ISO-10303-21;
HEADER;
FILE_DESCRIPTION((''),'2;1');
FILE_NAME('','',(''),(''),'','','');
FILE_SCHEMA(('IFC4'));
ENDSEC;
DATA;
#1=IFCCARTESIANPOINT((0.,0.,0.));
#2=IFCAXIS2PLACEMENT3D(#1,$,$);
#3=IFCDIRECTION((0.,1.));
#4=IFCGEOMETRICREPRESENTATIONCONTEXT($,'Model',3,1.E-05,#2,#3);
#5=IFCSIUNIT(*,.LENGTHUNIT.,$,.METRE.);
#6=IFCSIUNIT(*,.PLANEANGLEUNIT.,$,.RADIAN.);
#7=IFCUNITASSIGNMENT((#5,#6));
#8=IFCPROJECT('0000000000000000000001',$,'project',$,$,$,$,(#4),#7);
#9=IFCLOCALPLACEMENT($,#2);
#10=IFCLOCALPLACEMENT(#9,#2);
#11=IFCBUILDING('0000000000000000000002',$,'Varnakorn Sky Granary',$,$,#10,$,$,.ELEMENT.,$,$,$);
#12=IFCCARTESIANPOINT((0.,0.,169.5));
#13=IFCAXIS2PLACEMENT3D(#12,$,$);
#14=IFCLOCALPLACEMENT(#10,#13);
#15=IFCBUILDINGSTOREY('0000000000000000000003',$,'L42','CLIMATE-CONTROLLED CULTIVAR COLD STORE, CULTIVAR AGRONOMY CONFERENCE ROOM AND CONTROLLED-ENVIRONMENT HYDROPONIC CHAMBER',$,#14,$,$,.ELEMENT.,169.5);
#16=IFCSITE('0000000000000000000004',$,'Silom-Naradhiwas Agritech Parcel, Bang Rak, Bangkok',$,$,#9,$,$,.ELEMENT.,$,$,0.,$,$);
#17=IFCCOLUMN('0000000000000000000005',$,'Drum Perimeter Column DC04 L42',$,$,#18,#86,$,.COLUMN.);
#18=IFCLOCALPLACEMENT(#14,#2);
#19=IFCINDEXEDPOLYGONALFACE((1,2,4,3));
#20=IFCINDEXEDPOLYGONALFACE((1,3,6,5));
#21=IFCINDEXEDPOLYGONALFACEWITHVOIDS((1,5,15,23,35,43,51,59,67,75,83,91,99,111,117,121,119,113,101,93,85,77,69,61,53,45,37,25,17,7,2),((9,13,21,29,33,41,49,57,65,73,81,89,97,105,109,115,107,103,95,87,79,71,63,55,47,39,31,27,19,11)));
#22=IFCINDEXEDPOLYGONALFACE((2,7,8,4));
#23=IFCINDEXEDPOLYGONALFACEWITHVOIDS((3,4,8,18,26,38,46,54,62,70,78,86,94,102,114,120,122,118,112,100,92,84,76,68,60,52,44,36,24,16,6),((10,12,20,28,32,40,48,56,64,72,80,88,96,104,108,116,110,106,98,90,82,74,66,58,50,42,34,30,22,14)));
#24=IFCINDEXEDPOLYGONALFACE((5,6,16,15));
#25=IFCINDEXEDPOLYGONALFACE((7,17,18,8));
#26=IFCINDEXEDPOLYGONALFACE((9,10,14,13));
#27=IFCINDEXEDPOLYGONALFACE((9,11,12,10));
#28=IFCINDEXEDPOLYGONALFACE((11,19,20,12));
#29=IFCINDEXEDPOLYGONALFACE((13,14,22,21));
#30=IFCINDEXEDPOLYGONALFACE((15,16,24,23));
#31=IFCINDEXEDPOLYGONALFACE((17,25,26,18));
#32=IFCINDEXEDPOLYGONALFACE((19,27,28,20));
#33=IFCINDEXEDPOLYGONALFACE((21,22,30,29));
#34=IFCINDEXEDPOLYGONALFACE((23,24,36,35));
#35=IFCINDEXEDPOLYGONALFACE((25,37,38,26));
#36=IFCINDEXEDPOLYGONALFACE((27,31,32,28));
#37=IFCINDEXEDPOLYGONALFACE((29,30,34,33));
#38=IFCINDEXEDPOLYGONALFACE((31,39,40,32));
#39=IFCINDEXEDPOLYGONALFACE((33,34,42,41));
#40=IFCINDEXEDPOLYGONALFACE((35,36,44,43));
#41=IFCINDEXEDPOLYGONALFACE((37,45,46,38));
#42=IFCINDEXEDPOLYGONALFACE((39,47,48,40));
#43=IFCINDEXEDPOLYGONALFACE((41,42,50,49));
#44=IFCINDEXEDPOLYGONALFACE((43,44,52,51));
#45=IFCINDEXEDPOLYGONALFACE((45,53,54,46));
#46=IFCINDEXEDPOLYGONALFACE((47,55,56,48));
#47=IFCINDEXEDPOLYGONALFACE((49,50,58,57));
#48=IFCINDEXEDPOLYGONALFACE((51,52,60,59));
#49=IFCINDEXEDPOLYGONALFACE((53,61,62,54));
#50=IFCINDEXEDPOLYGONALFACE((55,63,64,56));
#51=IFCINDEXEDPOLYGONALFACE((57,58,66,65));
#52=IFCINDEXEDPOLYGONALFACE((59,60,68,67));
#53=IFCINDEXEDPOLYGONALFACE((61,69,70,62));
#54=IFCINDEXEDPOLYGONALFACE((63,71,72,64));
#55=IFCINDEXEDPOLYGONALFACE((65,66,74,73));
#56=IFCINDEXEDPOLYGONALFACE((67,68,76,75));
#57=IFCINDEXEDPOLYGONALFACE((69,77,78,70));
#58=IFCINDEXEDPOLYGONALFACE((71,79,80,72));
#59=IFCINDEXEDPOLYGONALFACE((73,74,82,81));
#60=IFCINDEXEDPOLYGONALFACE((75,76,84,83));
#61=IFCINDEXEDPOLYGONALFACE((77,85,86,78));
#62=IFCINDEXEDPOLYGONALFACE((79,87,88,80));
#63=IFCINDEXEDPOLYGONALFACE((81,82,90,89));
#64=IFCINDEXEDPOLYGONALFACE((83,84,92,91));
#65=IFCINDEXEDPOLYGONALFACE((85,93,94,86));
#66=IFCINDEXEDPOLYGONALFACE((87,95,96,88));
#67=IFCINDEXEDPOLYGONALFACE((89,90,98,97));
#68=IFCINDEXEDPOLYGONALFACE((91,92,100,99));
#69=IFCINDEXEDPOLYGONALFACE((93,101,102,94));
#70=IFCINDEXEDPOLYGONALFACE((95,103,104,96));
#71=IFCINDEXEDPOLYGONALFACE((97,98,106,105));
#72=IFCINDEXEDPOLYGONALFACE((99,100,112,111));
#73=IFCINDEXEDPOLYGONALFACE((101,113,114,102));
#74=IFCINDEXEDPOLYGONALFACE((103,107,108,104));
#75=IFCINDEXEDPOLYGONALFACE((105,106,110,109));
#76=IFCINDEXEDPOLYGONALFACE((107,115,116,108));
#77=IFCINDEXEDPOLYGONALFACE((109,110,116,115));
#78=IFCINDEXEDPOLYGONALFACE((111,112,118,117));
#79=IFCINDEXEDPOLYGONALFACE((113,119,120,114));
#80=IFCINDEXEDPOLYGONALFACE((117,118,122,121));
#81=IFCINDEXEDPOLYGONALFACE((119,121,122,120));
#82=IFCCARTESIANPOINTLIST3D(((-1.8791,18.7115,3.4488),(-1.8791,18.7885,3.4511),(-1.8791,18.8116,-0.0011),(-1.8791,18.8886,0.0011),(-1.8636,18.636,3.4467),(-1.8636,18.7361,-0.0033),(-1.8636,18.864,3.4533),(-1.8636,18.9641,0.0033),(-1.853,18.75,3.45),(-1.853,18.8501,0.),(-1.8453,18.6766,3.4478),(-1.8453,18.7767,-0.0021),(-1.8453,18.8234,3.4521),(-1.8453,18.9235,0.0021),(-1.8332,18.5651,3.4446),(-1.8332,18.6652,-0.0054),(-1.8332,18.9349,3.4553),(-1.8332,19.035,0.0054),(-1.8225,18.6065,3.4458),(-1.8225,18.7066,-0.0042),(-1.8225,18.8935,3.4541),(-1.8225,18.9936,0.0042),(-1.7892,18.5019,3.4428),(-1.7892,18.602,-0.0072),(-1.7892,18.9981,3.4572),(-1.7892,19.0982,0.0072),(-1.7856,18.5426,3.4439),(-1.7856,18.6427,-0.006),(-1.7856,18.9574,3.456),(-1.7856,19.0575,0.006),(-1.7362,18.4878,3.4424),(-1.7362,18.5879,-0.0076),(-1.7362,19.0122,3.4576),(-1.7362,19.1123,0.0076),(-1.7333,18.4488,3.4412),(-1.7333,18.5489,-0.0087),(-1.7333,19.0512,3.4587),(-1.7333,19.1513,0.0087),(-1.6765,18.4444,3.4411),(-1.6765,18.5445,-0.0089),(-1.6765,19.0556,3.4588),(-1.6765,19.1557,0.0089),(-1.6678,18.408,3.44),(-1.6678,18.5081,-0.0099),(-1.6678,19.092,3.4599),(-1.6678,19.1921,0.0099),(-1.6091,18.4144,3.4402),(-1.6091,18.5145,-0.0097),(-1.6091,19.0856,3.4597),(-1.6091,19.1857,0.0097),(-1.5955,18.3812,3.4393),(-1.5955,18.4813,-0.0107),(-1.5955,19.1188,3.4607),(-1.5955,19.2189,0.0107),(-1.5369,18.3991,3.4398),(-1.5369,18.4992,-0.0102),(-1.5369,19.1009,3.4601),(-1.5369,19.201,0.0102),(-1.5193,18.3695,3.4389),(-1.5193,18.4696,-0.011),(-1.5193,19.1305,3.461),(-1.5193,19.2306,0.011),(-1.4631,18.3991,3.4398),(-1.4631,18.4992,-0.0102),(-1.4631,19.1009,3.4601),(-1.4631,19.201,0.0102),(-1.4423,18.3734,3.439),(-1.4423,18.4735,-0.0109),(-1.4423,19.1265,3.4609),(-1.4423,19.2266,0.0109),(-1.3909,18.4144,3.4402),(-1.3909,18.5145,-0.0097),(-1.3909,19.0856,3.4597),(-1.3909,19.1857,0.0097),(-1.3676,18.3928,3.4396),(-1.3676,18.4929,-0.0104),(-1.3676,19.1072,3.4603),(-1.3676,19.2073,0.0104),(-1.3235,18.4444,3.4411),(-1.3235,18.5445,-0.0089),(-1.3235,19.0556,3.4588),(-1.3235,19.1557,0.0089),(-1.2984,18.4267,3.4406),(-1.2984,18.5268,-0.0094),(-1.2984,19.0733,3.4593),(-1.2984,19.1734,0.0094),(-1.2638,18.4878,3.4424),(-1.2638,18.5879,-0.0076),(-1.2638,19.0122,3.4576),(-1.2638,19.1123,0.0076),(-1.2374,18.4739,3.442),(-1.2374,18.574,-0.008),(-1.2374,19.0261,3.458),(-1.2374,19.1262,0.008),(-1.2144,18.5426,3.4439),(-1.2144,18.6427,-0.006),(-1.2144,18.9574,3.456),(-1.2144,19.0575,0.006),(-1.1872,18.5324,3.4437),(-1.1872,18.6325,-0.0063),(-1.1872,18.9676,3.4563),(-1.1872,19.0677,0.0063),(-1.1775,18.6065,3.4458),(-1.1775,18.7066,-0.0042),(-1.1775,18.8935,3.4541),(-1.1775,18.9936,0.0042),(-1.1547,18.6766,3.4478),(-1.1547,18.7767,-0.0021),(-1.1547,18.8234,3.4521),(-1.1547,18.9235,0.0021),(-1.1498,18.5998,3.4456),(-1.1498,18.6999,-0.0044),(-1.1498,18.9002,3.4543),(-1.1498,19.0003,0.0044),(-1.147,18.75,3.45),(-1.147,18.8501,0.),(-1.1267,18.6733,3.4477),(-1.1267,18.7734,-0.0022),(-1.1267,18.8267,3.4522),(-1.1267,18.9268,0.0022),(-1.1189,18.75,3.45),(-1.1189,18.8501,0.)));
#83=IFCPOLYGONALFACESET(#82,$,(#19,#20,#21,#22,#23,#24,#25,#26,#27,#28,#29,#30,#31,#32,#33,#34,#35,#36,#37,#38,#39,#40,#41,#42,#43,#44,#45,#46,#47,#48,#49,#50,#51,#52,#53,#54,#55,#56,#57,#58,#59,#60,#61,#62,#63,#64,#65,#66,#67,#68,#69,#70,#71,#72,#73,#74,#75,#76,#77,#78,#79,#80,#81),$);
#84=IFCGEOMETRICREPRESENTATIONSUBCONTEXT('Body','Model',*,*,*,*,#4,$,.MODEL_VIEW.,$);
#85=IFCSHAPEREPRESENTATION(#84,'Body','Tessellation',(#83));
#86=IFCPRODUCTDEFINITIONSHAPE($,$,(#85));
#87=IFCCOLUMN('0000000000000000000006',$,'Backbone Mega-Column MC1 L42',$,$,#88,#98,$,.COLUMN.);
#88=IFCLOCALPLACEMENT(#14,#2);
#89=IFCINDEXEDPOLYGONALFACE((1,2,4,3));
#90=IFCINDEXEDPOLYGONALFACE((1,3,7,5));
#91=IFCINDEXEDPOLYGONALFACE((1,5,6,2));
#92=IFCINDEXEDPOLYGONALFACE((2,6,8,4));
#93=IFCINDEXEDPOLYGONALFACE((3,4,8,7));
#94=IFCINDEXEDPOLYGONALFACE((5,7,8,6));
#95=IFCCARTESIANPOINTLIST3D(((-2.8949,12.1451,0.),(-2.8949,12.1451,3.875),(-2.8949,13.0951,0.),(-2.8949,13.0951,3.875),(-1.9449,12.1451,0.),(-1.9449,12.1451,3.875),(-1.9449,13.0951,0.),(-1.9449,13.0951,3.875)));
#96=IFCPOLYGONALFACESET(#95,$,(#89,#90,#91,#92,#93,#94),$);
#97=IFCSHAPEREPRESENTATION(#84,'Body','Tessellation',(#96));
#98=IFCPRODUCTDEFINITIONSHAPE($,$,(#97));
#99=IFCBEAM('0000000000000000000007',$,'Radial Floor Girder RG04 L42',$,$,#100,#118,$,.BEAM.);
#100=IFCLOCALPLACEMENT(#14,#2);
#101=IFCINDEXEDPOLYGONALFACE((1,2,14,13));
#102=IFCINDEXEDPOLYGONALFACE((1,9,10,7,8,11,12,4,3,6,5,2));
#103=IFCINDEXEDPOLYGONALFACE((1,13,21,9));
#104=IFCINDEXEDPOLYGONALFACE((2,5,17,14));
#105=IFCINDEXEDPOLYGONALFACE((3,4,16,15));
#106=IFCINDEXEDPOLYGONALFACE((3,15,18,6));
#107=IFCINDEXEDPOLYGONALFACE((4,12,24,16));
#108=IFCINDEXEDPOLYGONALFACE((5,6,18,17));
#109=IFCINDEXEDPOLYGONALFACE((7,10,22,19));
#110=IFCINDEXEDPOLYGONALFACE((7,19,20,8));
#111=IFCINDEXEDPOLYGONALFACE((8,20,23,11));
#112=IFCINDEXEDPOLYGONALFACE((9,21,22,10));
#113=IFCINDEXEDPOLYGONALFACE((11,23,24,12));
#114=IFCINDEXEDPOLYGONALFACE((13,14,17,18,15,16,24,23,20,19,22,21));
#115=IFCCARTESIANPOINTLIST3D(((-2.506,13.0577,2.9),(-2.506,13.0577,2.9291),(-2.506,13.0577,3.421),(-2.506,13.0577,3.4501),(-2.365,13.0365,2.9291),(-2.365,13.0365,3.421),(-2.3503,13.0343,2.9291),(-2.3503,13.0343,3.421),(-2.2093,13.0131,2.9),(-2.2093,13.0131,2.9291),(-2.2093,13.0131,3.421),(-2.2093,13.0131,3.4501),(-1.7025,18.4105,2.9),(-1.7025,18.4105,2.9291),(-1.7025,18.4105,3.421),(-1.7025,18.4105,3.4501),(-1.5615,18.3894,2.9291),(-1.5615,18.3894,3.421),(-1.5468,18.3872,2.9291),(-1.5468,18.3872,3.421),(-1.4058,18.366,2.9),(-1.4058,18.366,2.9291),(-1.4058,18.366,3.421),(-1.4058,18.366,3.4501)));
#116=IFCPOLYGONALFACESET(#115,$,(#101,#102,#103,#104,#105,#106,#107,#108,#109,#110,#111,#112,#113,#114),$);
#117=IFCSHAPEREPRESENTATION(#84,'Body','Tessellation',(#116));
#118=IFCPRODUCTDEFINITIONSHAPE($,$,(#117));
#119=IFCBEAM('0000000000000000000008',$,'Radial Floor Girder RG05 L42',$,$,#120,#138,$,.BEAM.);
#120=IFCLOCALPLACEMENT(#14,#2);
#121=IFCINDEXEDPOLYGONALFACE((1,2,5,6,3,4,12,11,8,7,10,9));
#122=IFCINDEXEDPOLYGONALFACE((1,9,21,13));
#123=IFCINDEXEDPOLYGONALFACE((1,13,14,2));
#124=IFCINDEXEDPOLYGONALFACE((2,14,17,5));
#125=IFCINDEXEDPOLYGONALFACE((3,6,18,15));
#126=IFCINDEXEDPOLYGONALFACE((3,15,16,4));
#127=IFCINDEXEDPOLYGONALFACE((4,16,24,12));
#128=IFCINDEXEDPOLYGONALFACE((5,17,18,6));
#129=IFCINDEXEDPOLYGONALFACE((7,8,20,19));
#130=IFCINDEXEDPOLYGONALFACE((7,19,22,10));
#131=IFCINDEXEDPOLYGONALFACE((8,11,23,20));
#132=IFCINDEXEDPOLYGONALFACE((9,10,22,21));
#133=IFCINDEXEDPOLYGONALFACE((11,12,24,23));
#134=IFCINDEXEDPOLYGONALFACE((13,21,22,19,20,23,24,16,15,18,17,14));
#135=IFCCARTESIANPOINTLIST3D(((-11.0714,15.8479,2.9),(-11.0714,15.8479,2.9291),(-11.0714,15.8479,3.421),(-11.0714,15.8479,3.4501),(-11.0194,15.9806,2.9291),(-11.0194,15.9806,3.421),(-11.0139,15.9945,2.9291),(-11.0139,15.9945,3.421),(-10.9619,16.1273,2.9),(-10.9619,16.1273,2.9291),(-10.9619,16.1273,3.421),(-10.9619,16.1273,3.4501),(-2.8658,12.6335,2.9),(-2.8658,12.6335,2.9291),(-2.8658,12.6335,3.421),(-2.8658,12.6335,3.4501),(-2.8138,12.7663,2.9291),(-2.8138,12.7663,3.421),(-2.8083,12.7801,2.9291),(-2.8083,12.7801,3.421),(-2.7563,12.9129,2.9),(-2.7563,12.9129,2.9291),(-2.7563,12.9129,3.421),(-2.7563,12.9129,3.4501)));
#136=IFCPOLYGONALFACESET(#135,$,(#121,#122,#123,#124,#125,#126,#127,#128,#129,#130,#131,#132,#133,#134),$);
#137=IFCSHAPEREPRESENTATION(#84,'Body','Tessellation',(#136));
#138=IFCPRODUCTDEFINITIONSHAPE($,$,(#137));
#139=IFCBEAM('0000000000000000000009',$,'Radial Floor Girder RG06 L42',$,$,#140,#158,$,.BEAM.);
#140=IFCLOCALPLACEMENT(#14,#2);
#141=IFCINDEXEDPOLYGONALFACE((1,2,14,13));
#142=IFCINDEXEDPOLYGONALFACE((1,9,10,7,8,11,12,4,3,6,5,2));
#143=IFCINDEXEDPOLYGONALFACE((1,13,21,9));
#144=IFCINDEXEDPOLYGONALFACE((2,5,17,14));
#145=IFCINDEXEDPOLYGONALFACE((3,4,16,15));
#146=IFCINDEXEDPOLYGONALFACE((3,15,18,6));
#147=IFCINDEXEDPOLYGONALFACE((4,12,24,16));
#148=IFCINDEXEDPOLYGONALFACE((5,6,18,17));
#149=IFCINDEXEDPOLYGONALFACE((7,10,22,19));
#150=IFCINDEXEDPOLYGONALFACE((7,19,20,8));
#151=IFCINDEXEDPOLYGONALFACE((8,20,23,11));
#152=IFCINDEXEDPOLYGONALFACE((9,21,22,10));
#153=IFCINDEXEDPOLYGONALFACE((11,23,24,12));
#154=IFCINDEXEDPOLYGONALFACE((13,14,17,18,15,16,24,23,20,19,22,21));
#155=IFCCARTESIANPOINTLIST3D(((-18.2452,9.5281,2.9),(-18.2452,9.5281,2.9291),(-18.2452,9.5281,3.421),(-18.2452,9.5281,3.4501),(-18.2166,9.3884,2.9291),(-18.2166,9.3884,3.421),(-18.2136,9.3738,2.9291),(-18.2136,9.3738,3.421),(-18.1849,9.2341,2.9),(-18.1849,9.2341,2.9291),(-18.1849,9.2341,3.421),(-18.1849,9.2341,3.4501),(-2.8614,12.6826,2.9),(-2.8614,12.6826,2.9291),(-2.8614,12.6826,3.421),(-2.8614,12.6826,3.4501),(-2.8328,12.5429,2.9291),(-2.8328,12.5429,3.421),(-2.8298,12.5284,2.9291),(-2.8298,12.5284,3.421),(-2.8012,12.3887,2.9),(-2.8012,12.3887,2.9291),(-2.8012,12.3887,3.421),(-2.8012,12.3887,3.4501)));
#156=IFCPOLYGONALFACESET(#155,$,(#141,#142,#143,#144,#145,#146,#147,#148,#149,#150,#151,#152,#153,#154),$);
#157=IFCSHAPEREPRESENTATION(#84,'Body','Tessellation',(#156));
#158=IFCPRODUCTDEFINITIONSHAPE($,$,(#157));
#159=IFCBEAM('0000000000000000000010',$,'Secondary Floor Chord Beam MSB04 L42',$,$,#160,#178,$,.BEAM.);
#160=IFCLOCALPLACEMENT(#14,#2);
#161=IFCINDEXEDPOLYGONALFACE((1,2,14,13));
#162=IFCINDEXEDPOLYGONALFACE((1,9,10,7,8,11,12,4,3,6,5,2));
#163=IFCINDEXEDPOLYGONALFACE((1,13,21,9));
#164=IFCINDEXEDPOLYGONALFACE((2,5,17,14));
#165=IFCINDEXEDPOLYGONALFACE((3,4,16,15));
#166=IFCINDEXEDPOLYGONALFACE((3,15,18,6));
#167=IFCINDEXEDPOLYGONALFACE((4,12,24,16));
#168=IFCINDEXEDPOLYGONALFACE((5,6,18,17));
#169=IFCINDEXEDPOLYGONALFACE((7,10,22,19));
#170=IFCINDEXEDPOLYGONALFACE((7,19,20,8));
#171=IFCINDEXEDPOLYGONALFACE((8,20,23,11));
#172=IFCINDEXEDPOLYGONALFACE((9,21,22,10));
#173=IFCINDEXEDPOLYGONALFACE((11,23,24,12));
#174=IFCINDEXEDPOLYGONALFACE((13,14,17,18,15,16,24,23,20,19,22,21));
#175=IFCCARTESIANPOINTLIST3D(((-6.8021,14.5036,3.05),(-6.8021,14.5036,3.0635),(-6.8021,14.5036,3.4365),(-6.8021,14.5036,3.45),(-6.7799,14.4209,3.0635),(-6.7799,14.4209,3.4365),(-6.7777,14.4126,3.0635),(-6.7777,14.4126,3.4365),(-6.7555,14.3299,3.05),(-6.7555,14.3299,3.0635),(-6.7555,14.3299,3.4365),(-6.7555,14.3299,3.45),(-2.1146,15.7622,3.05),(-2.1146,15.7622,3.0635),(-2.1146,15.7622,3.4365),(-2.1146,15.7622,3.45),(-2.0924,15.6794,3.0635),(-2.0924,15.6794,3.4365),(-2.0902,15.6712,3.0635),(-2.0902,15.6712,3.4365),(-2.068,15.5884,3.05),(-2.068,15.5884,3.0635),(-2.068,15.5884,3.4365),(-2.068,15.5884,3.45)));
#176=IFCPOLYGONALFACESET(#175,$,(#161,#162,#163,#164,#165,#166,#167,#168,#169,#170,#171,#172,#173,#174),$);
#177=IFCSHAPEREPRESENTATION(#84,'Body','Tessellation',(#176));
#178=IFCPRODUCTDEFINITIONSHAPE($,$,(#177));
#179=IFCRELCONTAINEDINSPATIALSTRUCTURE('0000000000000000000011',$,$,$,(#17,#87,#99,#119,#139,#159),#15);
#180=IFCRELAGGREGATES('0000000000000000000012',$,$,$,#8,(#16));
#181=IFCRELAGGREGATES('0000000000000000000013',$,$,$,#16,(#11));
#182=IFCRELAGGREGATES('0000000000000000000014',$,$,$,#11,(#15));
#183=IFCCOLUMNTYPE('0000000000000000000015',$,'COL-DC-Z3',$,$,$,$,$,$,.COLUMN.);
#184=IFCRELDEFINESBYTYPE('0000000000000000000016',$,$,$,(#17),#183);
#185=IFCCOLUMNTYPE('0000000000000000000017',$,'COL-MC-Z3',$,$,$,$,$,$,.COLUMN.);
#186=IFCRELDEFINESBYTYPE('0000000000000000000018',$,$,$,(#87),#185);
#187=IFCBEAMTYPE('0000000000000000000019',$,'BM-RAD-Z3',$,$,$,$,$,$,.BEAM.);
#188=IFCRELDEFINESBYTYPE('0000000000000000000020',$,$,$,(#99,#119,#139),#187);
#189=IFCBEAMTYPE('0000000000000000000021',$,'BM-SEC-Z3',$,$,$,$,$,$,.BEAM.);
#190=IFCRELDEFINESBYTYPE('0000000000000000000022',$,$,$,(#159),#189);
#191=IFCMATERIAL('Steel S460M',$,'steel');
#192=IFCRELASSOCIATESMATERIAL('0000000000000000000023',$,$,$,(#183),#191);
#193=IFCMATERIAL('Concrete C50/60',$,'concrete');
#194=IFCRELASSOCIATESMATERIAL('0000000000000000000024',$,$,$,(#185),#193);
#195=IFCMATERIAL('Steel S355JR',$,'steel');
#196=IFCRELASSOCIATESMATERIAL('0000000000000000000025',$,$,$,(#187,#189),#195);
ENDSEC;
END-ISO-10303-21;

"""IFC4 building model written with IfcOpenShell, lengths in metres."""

from ifc_helpers import new_model, si_unit, direction, frame, origin, origin_2d, place, context, subcontext, project, spatial, rectangle, hollow_circle, i_section, extrude, material, material_profile, profile_set, type_object, element, save


model = new_model("IFC4")

# Units and contexts
model_context = context("Model", 3, precision=1e-05, world=origin(), true_north=direction((0.0, 1.0)))
body_context = subcontext(model_context, "Body", "Model", "MODEL_VIEW")
ifc_project = project(units=[si_unit("LENGTHUNIT", "METRE"), si_unit("PLANEANGLEUNIT", "RADIAN")], contexts=[model_context])

# Site, building, storey
site_placement = place(None, origin())
site = spatial("IfcSite", under=ifc_project, at=site_placement, Name="Silom-Naradhiwas Agritech Parcel, Bang Rak, Bangkok", CompositionType="ELEMENT", RefElevation=0.0)
building_placement = place(site_placement, origin())
building = spatial("IfcBuilding", under=site, at=building_placement, Name="Varnakorn Sky Granary", CompositionType="ELEMENT")
storey_placement = place(building_placement, frame((0.0, 0.0, 169.5)))
storey = spatial("IfcBuildingStorey", under=building, at=storey_placement, Name="L42", Description="CLIMATE-CONTROLLED CULTIVAR COLD STORE, CULTIVAR AGRONOMY CONFERENCE ROOM AND CONTROLLED-ENVIRONMENT HYDROPONIC CHAMBER", CompositionType="ELEMENT", Elevation=169.5)

# Columns
ifc_material_1 = material(Name="Steel S460M", Category="steel")
ifc_material_profile_1 = material_profile(ifc_material_1, hollow_circle(Radius=0.3811, WallThickness=0.0281, at=origin_2d()), Name="CHS 762x28")
ifc_profile_set_1 = profile_set([ifc_material_profile_1], Name="Steel S460M")
column_type_1 = type_object("IfcColumnType", Name="COL-DC-Z3", PredefinedType="COLUMN", material=ifc_profile_set_1)
column_1_placement = place(storey_placement, frame((-1.5, 18.8501, 0.0), z_axis=(0.0, -0.029002, 0.999579), x_axis=(1.0, 0.0, 0.0)))
element("IfcColumn", 1, at=column_1_placement, inside=storey, type_object=column_type_1, Name="Drum Perimeter Column DC04 L42", PredefinedType="COLUMN", context=body_context, shape_type="SweptSolid", body=[
    extrude(hollow_circle(Radius=0.3811, WallThickness=0.0281, at=origin_2d()), origin(), (0.0, 0.0, 1.0), 3.4514),
])
ifc_material_2 = material(Name="Concrete C50/60", Category="concrete")
ifc_material_profile_2 = material_profile(ifc_material_2, rectangle(XDim=0.95, YDim=0.95, at=origin_2d()), Name="RC 950x950")
ifc_profile_set_2 = profile_set([ifc_material_profile_2], Name="Concrete C50/60")
column_type_2 = type_object("IfcColumnType", Name="COL-MC-Z3", PredefinedType="COLUMN", material=ifc_profile_set_2)
column_2_placement = place(storey_placement, frame((-2.4199, 12.6201, 0.0), z_axis=(0.0, 0.0, 1.0), x_axis=(1.0, 0.0, 0.0)))
element("IfcColumn", 2, at=column_2_placement, inside=storey, type_object=column_type_2, Name="Backbone Mega-Column MC1 L42", PredefinedType="COLUMN", context=body_context, shape_type="SweptSolid", body=[
    extrude(rectangle(XDim=0.95, YDim=0.95, at=origin_2d()), origin(), (0.0, 0.0, 1.0), 3.875),
])

# Beams
ifc_material_3 = material(Name="Steel S355JR", Category="steel")
ifc_material_profile_3 = material_profile(ifc_material_3, i_section(OverallWidth=0.3, OverallDepth=0.55, WebThickness=0.0149, FlangeThickness=0.0291, at=origin_2d()), Name="HE 550 B")
ifc_profile_set_3 = profile_set([ifc_material_profile_3], Name="Steel S355JR")
beam_type_1 = type_object("IfcBeamType", Name="BM-RAD-Z3", PredefinedType="BEAM", material=ifc_profile_set_3)
beam_1_placement = place(storey_placement, frame((-2.3577, 13.0354, 3.175), z_axis=(0.14844, 0.988921, 0.0), x_axis=(-0.988921, 0.14844, 0.0)))
element("IfcBeam", 3, at=beam_1_placement, inside=storey, type_object=beam_type_1, Name="Radial Floor Girder RG04 L42", PredefinedType="BEAM", context=body_context, shape_type="SweptSolid", body=[
    extrude(i_section(OverallWidth=0.3, OverallDepth=0.55, WebThickness=0.0149, FlangeThickness=0.0291, at=origin_2d()), origin(), (0.0, 0.0, 1.0), 5.4128),
])
beam_2_placement = place(storey_placement, frame((-2.811, 12.7732, 3.175), z_axis=(-0.931109, 0.364742, 0.0), x_axis=(-0.364742, -0.931109, 0.0)))
element("IfcBeam", 4, at=beam_2_placement, inside=storey, type_object=beam_type_1, Name="Radial Floor Girder RG05 L42", PredefinedType="BEAM", context=body_context, shape_type="SweptSolid", body=[
    extrude(i_section(OverallWidth=0.3, OverallDepth=0.55, WebThickness=0.0149, FlangeThickness=0.0291, at=origin_2d()), origin(), (0.0, 0.0, 1.0), 8.8127),
])
beam_3_placement = place(storey_placement, frame((-2.8313, 12.5356, 3.175), z_axis=(-0.979617, -0.200876, 0.0), x_axis=(0.200876, -0.979617, 0.0)))
element("IfcBeam", 5, at=beam_3_placement, inside=storey, type_object=beam_type_1, Name="Radial Floor Girder RG06 L42", PredefinedType="BEAM", context=body_context, shape_type="SweptSolid", body=[
    extrude(i_section(OverallWidth=0.3, OverallDepth=0.55, WebThickness=0.0149, FlangeThickness=0.0291, at=origin_2d()), origin(), (0.0, 0.0, 1.0), 15.7039),
])
ifc_material_profile_4 = material_profile(ifc_material_3, i_section(OverallWidth=0.1799, OverallDepth=0.3999, WebThickness=0.0085, FlangeThickness=0.0134, at=origin_2d()), Name="IPE 400")
ifc_profile_set_4 = profile_set([ifc_material_profile_4], Name="Steel S355JR")
beam_type_2 = type_object("IfcBeamType", Name="BM-SEC-Z3", PredefinedType="BEAM", material=ifc_profile_set_4)
beam_4_placement = place(storey_placement, frame((-2.0913, 15.6753, 3.25), z_axis=(-0.965795, -0.259306, 0.0), x_axis=(0.259306, -0.965795, 0.0)))
element("IfcBeam", 6, at=beam_4_placement, inside=storey, type_object=beam_type_2, Name="Secondary Floor Chord Beam MSB04 L42", PredefinedType="BEAM", context=body_context, shape_type="SweptSolid", body=[
    extrude(i_section(OverallWidth=0.1799, OverallDepth=0.3999, WebThickness=0.0085, FlangeThickness=0.0134, at=origin_2d()), origin(), (0.0, 0.0, 1.0), 4.8535),
])

save(model, "model.ifc")
